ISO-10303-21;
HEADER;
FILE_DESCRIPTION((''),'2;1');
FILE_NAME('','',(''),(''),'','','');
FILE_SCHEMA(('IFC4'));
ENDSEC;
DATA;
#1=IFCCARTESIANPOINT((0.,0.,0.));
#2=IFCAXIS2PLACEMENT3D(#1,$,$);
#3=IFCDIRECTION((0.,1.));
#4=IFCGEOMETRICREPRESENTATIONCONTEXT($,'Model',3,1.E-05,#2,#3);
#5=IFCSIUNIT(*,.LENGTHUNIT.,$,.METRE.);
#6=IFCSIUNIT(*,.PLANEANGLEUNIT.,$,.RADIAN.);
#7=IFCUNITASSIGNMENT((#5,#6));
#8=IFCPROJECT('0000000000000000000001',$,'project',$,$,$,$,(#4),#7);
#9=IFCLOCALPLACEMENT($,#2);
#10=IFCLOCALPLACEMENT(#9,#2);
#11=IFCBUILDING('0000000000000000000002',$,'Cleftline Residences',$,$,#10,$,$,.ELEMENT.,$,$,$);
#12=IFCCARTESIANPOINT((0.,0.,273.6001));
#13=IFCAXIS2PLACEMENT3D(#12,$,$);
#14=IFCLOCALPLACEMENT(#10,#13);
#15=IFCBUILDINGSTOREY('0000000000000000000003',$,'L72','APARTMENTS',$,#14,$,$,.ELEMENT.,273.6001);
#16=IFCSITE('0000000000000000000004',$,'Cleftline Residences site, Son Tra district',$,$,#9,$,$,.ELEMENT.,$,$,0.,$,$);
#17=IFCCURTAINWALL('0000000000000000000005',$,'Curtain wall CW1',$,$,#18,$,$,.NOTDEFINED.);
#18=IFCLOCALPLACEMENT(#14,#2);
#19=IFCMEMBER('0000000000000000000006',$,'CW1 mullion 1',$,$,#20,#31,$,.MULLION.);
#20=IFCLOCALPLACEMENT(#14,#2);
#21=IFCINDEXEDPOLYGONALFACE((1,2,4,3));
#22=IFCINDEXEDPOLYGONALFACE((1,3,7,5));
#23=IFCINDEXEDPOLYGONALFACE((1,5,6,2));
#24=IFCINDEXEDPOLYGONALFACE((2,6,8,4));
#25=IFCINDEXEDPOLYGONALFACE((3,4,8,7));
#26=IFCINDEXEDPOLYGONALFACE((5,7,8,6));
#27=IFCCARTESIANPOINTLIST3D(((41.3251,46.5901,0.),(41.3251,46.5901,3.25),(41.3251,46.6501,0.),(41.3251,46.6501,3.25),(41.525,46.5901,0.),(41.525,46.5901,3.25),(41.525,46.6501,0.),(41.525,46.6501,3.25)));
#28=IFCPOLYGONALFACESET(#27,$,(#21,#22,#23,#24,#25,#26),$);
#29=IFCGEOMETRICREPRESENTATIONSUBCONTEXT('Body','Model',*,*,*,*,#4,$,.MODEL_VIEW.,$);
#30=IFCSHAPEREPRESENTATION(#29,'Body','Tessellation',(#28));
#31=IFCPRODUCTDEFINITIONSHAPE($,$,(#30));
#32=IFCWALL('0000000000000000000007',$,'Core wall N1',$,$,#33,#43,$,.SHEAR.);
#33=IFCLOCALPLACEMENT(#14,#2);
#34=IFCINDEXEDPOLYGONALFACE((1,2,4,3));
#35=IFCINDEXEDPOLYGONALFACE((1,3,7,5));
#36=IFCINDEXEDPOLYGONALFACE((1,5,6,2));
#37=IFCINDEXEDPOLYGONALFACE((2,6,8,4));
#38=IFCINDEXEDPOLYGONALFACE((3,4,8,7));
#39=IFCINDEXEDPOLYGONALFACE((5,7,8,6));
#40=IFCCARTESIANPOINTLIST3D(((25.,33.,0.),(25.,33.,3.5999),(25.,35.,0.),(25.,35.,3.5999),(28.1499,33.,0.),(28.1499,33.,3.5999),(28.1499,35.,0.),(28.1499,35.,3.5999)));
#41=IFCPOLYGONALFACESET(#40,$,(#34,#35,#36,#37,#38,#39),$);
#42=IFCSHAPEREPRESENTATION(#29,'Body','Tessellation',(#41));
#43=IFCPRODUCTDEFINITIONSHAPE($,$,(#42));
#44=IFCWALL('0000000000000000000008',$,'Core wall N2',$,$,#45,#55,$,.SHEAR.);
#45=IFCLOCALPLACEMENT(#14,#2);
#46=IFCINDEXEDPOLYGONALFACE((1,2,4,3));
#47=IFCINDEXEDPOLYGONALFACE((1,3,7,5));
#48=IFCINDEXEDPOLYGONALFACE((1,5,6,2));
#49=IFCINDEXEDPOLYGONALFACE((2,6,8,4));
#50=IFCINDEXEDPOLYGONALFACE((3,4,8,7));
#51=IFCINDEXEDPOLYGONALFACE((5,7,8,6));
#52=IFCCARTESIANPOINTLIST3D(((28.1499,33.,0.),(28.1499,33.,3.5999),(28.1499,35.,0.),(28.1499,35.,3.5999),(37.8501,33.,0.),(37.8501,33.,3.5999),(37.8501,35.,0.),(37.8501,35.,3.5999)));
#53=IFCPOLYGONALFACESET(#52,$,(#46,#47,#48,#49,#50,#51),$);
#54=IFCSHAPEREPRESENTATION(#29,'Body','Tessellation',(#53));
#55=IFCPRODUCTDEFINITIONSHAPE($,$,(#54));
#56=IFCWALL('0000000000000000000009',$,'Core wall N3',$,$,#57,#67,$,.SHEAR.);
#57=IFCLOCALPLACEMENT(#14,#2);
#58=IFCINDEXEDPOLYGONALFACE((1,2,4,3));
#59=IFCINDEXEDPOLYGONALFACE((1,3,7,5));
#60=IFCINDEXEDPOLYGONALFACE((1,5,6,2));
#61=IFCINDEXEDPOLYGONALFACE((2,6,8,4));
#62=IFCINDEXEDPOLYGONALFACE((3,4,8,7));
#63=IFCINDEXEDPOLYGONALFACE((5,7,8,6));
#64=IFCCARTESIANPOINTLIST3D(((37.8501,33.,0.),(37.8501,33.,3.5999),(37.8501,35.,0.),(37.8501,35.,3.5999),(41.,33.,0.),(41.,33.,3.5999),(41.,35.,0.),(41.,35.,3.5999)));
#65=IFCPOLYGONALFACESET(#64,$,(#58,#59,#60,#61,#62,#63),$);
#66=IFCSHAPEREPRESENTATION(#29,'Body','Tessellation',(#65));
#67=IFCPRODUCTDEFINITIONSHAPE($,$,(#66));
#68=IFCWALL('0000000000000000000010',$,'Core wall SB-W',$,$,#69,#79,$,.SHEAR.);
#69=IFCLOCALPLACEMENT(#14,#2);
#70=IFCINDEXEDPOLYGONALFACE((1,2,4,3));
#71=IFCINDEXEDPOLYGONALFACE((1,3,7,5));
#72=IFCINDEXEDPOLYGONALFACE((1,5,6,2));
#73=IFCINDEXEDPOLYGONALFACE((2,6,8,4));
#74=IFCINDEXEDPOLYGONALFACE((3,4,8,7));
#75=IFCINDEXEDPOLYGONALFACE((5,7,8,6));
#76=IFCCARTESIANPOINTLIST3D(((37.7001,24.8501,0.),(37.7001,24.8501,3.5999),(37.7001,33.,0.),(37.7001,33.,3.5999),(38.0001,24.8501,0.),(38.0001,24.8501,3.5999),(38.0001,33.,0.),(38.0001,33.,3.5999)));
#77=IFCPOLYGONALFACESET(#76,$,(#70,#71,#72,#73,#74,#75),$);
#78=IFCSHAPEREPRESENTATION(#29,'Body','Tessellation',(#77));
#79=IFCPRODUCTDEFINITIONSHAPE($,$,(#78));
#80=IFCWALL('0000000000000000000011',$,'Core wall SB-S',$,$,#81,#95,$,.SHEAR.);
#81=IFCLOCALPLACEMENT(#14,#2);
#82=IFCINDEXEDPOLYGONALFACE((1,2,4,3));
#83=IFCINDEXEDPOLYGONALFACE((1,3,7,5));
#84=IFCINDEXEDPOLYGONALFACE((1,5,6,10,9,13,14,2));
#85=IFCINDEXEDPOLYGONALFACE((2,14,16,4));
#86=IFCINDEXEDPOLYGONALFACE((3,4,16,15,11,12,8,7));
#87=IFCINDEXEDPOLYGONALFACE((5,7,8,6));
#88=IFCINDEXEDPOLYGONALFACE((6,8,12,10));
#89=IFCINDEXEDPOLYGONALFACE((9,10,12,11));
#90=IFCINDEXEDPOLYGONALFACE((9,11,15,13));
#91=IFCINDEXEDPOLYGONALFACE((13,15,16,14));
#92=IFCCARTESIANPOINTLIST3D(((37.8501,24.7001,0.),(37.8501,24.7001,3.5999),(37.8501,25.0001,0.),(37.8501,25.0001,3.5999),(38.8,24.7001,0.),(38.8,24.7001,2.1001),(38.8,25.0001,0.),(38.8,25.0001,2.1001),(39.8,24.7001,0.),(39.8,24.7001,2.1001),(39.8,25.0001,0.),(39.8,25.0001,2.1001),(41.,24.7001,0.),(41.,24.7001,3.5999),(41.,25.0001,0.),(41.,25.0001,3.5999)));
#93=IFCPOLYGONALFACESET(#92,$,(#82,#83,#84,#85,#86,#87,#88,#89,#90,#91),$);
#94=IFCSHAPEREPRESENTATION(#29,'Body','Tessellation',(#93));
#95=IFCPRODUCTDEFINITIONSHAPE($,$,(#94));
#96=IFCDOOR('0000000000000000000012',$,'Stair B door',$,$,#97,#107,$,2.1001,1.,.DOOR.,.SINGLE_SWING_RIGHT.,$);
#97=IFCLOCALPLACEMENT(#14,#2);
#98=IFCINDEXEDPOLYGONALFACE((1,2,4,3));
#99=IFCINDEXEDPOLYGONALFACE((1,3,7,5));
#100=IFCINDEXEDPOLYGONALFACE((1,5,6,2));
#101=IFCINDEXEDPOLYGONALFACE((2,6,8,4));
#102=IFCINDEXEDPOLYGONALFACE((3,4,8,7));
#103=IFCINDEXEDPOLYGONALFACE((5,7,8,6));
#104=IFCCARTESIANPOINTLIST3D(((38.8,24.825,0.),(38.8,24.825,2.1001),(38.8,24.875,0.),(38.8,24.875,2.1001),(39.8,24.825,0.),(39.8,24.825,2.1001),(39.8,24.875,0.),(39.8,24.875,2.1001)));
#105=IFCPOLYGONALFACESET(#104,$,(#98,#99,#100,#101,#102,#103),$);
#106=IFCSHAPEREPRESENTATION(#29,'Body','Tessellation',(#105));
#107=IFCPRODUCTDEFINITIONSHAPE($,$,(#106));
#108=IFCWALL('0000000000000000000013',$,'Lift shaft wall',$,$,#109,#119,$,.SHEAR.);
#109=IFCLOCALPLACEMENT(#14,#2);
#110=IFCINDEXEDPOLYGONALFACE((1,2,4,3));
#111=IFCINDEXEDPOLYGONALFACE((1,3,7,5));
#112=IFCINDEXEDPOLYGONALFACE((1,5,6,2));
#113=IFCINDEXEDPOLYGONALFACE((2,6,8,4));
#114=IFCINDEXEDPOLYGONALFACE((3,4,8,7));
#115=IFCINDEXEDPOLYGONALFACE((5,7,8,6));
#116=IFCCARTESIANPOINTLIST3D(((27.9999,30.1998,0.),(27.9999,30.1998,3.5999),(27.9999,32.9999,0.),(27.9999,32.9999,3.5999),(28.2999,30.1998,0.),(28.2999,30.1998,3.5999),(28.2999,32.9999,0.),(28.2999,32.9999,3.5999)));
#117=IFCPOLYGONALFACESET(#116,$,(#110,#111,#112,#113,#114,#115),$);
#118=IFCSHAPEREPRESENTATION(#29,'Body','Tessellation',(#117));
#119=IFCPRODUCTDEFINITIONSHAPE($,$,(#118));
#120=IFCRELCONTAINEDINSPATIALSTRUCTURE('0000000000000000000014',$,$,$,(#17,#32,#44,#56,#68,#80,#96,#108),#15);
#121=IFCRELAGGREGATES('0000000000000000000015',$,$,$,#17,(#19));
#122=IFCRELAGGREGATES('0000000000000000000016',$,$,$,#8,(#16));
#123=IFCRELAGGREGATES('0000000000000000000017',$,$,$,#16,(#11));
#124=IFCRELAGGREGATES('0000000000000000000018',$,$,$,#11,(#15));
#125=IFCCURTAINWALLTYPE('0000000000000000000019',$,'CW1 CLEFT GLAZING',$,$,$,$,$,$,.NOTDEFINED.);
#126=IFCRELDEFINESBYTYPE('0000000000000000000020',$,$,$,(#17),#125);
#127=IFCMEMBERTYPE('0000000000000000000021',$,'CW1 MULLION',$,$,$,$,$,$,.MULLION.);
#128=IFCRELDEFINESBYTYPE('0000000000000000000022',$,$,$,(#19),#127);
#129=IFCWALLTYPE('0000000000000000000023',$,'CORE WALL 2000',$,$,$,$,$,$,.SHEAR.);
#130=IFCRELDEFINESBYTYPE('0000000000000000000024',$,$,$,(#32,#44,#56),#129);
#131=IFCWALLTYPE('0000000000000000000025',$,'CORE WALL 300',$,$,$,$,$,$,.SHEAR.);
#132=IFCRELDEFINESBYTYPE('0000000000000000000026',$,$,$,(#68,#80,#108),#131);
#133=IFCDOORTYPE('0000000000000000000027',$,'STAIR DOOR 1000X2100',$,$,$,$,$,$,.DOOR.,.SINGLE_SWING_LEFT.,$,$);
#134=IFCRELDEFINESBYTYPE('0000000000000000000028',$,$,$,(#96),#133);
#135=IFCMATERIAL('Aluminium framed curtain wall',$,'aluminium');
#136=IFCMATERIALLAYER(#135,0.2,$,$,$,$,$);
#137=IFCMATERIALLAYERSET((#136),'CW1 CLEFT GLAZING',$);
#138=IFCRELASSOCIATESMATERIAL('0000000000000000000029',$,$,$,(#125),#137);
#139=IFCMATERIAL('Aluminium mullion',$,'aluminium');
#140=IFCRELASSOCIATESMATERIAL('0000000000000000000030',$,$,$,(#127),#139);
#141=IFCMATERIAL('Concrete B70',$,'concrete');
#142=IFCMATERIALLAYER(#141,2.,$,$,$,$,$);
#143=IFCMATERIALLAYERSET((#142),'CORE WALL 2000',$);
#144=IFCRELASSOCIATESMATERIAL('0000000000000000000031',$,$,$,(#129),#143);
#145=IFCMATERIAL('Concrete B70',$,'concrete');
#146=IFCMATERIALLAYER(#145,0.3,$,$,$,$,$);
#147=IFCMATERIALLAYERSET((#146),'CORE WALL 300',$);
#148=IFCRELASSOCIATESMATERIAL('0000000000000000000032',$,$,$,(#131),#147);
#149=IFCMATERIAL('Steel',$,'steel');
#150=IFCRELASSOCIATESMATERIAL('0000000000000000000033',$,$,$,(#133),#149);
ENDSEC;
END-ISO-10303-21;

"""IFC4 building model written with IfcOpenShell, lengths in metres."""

from ifc_helpers import new_model, si_unit, direction, frame, frame_2d, origin, origin_2d, place, context, subcontext, project, spatial, rectangle, extrude, material, layer, layer_set, material_profile, profile_set, type_object, element, fill, aggregate, save


model = new_model("IFC4")

# Units and contexts
model_context = context("Model", 3, precision=1e-05, world=origin(), true_north=direction((0.0, 1.0)))
body_context = subcontext(model_context, "Body", "Model", "MODEL_VIEW")
ifc_project = project(units=[si_unit("LENGTHUNIT", "METRE"), si_unit("PLANEANGLEUNIT", "RADIAN")], contexts=[model_context])

# Site, building, storey
site_placement = place(None, origin())
site = spatial("IfcSite", under=ifc_project, at=site_placement, Name="Cleftline Residences site, Son Tra district", CompositionType="ELEMENT", RefElevation=0.0)
building_placement = place(site_placement, origin())
building = spatial("IfcBuilding", under=site, at=building_placement, Name="Cleftline Residences", CompositionType="ELEMENT")
storey_placement = place(building_placement, frame((0.0, 0.0, 273.6001)))
storey = spatial("IfcBuildingStorey", under=building, at=storey_placement, Name="L72", Description="APARTMENTS", CompositionType="ELEMENT", Elevation=273.6001)

# Curtain wall, member
ifc_material_1 = material(Name="Aluminium framed curtain wall", Category="aluminium")
ifc_layer_1 = layer(ifc_material_1, 0.2)
ifc_layer_set_1 = layer_set([ifc_layer_1], Name="CW1 CLEFT GLAZING")
curtain_wall_type = type_object("IfcCurtainWallType", Name="CW1 CLEFT GLAZING", PredefinedType="NOTDEFINED", material=ifc_layer_set_1)
curtain_wall_placement = place(storey_placement, origin())
curtain_wall = element("IfcCurtainWall", 1, at=curtain_wall_placement, inside=storey, type_object=curtain_wall_type, Name="Curtain wall CW1", PredefinedType="NOTDEFINED")
ifc_material_2 = material(Name="Aluminium mullion", Category="aluminium")
ifc_material_profile = material_profile(ifc_material_2, rectangle(XDim=0.2, YDim=0.0601, at=origin_2d()))
ifc_profile_set = profile_set([ifc_material_profile], Name="Aluminium mullion")
member_type = type_object("IfcMemberType", Name="CW1 MULLION", PredefinedType="MULLION", material=ifc_profile_set)
member_placement = place(storey_placement, frame((41.425, 46.6201, 0.0), z_axis=(0.0, 0.0, 1.0), x_axis=(1.0, 0.0, 0.0)))
member = element("IfcMember", 2, at=member_placement, type_object=member_type, Name="CW1 mullion 1", PredefinedType="MULLION", context=body_context, shape_type="SweptSolid", body=[
    extrude(rectangle(XDim=0.2, YDim=0.0601, at=origin_2d()), origin(), (0.0, 0.0, 1.0), 3.25),
])
aggregate(curtain_wall, [member])

# Walls
ifc_material_3 = material(Name="Concrete B70", Category="concrete")
ifc_layer_2 = layer(ifc_material_3, 2.0)
ifc_layer_set_2 = layer_set([ifc_layer_2], Name="CORE WALL 2000")
wall_type_1 = type_object("IfcWallType", Name="CORE WALL 2000", PredefinedType="SHEAR", material=ifc_layer_set_2)
wall_1_placement = place(storey_placement, frame((25.0, 34.0, 0.0), z_axis=(0.0, 0.0, 1.0), x_axis=(1.0, 0.0, 0.0)))
element("IfcWall", 3, at=wall_1_placement, inside=storey, type_object=wall_type_1, Name="Core wall N1", PredefinedType="SHEAR", context=body_context, shape_type="SweptSolid", body=[
    extrude(rectangle(XDim=3.1499, YDim=2.0, at=frame_2d((1.575, 0.0))), origin(), (0.0, 0.0, 1.0), 3.5999),
])
wall_2_placement = place(storey_placement, frame((28.1499, 34.0, 0.0), z_axis=(0.0, 0.0, 1.0), x_axis=(1.0, 0.0, 0.0)))
element("IfcWall", 4, at=wall_2_placement, inside=storey, type_object=wall_type_1, Name="Core wall N2", PredefinedType="SHEAR", context=body_context, shape_type="SweptSolid", body=[
    extrude(rectangle(XDim=9.7002, YDim=2.0, at=frame_2d((4.8501, 0.0))), origin(), (0.0, 0.0, 1.0), 3.5999),
])
wall_3_placement = place(storey_placement, frame((37.8501, 34.0, 0.0), z_axis=(0.0, 0.0, 1.0), x_axis=(1.0, 0.0, 0.0)))
element("IfcWall", 5, at=wall_3_placement, inside=storey, type_object=wall_type_1, Name="Core wall N3", PredefinedType="SHEAR", context=body_context, shape_type="SweptSolid", body=[
    extrude(rectangle(XDim=3.1499, YDim=2.0, at=frame_2d((1.575, 0.0))), origin(), (0.0, 0.0, 1.0), 3.5999),
])
ifc_material_4 = material(Name="Concrete B70", Category="concrete")
ifc_layer_3 = layer(ifc_material_4, 0.3)
ifc_layer_set_3 = layer_set([ifc_layer_3], Name="CORE WALL 300")
wall_type_2 = type_object("IfcWallType", Name="CORE WALL 300", PredefinedType="SHEAR", material=ifc_layer_set_3)
wall_4_placement = place(storey_placement, frame((37.8501, 24.8501, 0.0), z_axis=(0.0, 0.0, 1.0), x_axis=(0.0, 1.0, 0.0)))
element("IfcWall", 6, at=wall_4_placement, inside=storey, type_object=wall_type_2, Name="Core wall SB-W", PredefinedType="SHEAR", context=body_context, shape_type="SweptSolid", body=[
    extrude(rectangle(XDim=8.1499, YDim=0.3, at=frame_2d((4.075, 0.0))), origin(), (0.0, 0.0, 1.0), 3.5999),
])

# Wall, opening, door
wall_5_placement = place(storey_placement, frame((37.8501, 24.8501, 0.0), z_axis=(0.0, 0.0, 1.0), x_axis=(1.0, 0.0, 0.0)))
wall_5 = element("IfcWall", 7, at=wall_5_placement, inside=storey, type_object=wall_type_2, Name="Core wall SB-S", PredefinedType="SHEAR", context=body_context, shape_type="SweptSolid", body=[
    extrude(rectangle(XDim=3.1499, YDim=0.3, at=frame_2d((1.575, 0.0))), origin(), (0.0, 0.0, 1.0), 3.5999),
])
opening_1_placement = place(wall_5_placement, frame((0.95, 0.0, 0.0)))
opening_1 = element("IfcOpeningElement", 8, at=opening_1_placement, cuts=wall_5, PredefinedType="OPENING", context=body_context, shape_type="SweptSolid", body=[
    extrude(rectangle(XDim=1.0, YDim=2.1001, at=frame_2d((0.5, 1.05))), frame((0.0, 0.1599, 0.0), z_axis=(0.0, -1.0, 0.0), x_axis=(1.0, 0.0, 0.0)), (0.0, 0.0, 1.0), 0.3201),
])
ifc_material_5 = material(Name="Steel", Category="steel")
door_type_1 = type_object("IfcDoorType", Name="STAIR DOOR 1000X2100", OperationType="SINGLE_SWING_LEFT", PredefinedType="DOOR", material=ifc_material_5)
door_1_placement = place(opening_1_placement, origin())
door_1 = element("IfcDoor", 9, at=door_1_placement, inside=storey, type_object=door_type_1, Name="Stair B door", OperationType="SINGLE_SWING_RIGHT", OverallHeight=2.1001, OverallWidth=1.0, PredefinedType="DOOR", context=body_context, shape_type="SweptSolid", body=[
    extrude(rectangle(XDim=1.0, YDim=2.1001, at=frame_2d((0.5, 1.05))), frame((0.0, 0.0249, 0.0), z_axis=(0.0, -1.0, 0.0), x_axis=(1.0, 0.0, 0.0)), (0.0, 0.0, 1.0), 0.05),
])
fill(opening_1, door_1)

# Wall
wall_6_placement = place(storey_placement, frame((28.1499, 30.2, 0.0), z_axis=(0.0, 0.0, 1.0), x_axis=(0.0, 1.0, 0.0)))
element("IfcWall", 10, at=wall_6_placement, inside=storey, type_object=wall_type_2, Name="Lift shaft wall", PredefinedType="SHEAR", context=body_context, shape_type="SweptSolid", body=[
    extrude(rectangle(XDim=2.8, YDim=0.3, at=frame_2d((1.3999, 0.0))), origin(), (0.0, 0.0, 1.0), 3.5999),
])

save(model, "model.ifc")
